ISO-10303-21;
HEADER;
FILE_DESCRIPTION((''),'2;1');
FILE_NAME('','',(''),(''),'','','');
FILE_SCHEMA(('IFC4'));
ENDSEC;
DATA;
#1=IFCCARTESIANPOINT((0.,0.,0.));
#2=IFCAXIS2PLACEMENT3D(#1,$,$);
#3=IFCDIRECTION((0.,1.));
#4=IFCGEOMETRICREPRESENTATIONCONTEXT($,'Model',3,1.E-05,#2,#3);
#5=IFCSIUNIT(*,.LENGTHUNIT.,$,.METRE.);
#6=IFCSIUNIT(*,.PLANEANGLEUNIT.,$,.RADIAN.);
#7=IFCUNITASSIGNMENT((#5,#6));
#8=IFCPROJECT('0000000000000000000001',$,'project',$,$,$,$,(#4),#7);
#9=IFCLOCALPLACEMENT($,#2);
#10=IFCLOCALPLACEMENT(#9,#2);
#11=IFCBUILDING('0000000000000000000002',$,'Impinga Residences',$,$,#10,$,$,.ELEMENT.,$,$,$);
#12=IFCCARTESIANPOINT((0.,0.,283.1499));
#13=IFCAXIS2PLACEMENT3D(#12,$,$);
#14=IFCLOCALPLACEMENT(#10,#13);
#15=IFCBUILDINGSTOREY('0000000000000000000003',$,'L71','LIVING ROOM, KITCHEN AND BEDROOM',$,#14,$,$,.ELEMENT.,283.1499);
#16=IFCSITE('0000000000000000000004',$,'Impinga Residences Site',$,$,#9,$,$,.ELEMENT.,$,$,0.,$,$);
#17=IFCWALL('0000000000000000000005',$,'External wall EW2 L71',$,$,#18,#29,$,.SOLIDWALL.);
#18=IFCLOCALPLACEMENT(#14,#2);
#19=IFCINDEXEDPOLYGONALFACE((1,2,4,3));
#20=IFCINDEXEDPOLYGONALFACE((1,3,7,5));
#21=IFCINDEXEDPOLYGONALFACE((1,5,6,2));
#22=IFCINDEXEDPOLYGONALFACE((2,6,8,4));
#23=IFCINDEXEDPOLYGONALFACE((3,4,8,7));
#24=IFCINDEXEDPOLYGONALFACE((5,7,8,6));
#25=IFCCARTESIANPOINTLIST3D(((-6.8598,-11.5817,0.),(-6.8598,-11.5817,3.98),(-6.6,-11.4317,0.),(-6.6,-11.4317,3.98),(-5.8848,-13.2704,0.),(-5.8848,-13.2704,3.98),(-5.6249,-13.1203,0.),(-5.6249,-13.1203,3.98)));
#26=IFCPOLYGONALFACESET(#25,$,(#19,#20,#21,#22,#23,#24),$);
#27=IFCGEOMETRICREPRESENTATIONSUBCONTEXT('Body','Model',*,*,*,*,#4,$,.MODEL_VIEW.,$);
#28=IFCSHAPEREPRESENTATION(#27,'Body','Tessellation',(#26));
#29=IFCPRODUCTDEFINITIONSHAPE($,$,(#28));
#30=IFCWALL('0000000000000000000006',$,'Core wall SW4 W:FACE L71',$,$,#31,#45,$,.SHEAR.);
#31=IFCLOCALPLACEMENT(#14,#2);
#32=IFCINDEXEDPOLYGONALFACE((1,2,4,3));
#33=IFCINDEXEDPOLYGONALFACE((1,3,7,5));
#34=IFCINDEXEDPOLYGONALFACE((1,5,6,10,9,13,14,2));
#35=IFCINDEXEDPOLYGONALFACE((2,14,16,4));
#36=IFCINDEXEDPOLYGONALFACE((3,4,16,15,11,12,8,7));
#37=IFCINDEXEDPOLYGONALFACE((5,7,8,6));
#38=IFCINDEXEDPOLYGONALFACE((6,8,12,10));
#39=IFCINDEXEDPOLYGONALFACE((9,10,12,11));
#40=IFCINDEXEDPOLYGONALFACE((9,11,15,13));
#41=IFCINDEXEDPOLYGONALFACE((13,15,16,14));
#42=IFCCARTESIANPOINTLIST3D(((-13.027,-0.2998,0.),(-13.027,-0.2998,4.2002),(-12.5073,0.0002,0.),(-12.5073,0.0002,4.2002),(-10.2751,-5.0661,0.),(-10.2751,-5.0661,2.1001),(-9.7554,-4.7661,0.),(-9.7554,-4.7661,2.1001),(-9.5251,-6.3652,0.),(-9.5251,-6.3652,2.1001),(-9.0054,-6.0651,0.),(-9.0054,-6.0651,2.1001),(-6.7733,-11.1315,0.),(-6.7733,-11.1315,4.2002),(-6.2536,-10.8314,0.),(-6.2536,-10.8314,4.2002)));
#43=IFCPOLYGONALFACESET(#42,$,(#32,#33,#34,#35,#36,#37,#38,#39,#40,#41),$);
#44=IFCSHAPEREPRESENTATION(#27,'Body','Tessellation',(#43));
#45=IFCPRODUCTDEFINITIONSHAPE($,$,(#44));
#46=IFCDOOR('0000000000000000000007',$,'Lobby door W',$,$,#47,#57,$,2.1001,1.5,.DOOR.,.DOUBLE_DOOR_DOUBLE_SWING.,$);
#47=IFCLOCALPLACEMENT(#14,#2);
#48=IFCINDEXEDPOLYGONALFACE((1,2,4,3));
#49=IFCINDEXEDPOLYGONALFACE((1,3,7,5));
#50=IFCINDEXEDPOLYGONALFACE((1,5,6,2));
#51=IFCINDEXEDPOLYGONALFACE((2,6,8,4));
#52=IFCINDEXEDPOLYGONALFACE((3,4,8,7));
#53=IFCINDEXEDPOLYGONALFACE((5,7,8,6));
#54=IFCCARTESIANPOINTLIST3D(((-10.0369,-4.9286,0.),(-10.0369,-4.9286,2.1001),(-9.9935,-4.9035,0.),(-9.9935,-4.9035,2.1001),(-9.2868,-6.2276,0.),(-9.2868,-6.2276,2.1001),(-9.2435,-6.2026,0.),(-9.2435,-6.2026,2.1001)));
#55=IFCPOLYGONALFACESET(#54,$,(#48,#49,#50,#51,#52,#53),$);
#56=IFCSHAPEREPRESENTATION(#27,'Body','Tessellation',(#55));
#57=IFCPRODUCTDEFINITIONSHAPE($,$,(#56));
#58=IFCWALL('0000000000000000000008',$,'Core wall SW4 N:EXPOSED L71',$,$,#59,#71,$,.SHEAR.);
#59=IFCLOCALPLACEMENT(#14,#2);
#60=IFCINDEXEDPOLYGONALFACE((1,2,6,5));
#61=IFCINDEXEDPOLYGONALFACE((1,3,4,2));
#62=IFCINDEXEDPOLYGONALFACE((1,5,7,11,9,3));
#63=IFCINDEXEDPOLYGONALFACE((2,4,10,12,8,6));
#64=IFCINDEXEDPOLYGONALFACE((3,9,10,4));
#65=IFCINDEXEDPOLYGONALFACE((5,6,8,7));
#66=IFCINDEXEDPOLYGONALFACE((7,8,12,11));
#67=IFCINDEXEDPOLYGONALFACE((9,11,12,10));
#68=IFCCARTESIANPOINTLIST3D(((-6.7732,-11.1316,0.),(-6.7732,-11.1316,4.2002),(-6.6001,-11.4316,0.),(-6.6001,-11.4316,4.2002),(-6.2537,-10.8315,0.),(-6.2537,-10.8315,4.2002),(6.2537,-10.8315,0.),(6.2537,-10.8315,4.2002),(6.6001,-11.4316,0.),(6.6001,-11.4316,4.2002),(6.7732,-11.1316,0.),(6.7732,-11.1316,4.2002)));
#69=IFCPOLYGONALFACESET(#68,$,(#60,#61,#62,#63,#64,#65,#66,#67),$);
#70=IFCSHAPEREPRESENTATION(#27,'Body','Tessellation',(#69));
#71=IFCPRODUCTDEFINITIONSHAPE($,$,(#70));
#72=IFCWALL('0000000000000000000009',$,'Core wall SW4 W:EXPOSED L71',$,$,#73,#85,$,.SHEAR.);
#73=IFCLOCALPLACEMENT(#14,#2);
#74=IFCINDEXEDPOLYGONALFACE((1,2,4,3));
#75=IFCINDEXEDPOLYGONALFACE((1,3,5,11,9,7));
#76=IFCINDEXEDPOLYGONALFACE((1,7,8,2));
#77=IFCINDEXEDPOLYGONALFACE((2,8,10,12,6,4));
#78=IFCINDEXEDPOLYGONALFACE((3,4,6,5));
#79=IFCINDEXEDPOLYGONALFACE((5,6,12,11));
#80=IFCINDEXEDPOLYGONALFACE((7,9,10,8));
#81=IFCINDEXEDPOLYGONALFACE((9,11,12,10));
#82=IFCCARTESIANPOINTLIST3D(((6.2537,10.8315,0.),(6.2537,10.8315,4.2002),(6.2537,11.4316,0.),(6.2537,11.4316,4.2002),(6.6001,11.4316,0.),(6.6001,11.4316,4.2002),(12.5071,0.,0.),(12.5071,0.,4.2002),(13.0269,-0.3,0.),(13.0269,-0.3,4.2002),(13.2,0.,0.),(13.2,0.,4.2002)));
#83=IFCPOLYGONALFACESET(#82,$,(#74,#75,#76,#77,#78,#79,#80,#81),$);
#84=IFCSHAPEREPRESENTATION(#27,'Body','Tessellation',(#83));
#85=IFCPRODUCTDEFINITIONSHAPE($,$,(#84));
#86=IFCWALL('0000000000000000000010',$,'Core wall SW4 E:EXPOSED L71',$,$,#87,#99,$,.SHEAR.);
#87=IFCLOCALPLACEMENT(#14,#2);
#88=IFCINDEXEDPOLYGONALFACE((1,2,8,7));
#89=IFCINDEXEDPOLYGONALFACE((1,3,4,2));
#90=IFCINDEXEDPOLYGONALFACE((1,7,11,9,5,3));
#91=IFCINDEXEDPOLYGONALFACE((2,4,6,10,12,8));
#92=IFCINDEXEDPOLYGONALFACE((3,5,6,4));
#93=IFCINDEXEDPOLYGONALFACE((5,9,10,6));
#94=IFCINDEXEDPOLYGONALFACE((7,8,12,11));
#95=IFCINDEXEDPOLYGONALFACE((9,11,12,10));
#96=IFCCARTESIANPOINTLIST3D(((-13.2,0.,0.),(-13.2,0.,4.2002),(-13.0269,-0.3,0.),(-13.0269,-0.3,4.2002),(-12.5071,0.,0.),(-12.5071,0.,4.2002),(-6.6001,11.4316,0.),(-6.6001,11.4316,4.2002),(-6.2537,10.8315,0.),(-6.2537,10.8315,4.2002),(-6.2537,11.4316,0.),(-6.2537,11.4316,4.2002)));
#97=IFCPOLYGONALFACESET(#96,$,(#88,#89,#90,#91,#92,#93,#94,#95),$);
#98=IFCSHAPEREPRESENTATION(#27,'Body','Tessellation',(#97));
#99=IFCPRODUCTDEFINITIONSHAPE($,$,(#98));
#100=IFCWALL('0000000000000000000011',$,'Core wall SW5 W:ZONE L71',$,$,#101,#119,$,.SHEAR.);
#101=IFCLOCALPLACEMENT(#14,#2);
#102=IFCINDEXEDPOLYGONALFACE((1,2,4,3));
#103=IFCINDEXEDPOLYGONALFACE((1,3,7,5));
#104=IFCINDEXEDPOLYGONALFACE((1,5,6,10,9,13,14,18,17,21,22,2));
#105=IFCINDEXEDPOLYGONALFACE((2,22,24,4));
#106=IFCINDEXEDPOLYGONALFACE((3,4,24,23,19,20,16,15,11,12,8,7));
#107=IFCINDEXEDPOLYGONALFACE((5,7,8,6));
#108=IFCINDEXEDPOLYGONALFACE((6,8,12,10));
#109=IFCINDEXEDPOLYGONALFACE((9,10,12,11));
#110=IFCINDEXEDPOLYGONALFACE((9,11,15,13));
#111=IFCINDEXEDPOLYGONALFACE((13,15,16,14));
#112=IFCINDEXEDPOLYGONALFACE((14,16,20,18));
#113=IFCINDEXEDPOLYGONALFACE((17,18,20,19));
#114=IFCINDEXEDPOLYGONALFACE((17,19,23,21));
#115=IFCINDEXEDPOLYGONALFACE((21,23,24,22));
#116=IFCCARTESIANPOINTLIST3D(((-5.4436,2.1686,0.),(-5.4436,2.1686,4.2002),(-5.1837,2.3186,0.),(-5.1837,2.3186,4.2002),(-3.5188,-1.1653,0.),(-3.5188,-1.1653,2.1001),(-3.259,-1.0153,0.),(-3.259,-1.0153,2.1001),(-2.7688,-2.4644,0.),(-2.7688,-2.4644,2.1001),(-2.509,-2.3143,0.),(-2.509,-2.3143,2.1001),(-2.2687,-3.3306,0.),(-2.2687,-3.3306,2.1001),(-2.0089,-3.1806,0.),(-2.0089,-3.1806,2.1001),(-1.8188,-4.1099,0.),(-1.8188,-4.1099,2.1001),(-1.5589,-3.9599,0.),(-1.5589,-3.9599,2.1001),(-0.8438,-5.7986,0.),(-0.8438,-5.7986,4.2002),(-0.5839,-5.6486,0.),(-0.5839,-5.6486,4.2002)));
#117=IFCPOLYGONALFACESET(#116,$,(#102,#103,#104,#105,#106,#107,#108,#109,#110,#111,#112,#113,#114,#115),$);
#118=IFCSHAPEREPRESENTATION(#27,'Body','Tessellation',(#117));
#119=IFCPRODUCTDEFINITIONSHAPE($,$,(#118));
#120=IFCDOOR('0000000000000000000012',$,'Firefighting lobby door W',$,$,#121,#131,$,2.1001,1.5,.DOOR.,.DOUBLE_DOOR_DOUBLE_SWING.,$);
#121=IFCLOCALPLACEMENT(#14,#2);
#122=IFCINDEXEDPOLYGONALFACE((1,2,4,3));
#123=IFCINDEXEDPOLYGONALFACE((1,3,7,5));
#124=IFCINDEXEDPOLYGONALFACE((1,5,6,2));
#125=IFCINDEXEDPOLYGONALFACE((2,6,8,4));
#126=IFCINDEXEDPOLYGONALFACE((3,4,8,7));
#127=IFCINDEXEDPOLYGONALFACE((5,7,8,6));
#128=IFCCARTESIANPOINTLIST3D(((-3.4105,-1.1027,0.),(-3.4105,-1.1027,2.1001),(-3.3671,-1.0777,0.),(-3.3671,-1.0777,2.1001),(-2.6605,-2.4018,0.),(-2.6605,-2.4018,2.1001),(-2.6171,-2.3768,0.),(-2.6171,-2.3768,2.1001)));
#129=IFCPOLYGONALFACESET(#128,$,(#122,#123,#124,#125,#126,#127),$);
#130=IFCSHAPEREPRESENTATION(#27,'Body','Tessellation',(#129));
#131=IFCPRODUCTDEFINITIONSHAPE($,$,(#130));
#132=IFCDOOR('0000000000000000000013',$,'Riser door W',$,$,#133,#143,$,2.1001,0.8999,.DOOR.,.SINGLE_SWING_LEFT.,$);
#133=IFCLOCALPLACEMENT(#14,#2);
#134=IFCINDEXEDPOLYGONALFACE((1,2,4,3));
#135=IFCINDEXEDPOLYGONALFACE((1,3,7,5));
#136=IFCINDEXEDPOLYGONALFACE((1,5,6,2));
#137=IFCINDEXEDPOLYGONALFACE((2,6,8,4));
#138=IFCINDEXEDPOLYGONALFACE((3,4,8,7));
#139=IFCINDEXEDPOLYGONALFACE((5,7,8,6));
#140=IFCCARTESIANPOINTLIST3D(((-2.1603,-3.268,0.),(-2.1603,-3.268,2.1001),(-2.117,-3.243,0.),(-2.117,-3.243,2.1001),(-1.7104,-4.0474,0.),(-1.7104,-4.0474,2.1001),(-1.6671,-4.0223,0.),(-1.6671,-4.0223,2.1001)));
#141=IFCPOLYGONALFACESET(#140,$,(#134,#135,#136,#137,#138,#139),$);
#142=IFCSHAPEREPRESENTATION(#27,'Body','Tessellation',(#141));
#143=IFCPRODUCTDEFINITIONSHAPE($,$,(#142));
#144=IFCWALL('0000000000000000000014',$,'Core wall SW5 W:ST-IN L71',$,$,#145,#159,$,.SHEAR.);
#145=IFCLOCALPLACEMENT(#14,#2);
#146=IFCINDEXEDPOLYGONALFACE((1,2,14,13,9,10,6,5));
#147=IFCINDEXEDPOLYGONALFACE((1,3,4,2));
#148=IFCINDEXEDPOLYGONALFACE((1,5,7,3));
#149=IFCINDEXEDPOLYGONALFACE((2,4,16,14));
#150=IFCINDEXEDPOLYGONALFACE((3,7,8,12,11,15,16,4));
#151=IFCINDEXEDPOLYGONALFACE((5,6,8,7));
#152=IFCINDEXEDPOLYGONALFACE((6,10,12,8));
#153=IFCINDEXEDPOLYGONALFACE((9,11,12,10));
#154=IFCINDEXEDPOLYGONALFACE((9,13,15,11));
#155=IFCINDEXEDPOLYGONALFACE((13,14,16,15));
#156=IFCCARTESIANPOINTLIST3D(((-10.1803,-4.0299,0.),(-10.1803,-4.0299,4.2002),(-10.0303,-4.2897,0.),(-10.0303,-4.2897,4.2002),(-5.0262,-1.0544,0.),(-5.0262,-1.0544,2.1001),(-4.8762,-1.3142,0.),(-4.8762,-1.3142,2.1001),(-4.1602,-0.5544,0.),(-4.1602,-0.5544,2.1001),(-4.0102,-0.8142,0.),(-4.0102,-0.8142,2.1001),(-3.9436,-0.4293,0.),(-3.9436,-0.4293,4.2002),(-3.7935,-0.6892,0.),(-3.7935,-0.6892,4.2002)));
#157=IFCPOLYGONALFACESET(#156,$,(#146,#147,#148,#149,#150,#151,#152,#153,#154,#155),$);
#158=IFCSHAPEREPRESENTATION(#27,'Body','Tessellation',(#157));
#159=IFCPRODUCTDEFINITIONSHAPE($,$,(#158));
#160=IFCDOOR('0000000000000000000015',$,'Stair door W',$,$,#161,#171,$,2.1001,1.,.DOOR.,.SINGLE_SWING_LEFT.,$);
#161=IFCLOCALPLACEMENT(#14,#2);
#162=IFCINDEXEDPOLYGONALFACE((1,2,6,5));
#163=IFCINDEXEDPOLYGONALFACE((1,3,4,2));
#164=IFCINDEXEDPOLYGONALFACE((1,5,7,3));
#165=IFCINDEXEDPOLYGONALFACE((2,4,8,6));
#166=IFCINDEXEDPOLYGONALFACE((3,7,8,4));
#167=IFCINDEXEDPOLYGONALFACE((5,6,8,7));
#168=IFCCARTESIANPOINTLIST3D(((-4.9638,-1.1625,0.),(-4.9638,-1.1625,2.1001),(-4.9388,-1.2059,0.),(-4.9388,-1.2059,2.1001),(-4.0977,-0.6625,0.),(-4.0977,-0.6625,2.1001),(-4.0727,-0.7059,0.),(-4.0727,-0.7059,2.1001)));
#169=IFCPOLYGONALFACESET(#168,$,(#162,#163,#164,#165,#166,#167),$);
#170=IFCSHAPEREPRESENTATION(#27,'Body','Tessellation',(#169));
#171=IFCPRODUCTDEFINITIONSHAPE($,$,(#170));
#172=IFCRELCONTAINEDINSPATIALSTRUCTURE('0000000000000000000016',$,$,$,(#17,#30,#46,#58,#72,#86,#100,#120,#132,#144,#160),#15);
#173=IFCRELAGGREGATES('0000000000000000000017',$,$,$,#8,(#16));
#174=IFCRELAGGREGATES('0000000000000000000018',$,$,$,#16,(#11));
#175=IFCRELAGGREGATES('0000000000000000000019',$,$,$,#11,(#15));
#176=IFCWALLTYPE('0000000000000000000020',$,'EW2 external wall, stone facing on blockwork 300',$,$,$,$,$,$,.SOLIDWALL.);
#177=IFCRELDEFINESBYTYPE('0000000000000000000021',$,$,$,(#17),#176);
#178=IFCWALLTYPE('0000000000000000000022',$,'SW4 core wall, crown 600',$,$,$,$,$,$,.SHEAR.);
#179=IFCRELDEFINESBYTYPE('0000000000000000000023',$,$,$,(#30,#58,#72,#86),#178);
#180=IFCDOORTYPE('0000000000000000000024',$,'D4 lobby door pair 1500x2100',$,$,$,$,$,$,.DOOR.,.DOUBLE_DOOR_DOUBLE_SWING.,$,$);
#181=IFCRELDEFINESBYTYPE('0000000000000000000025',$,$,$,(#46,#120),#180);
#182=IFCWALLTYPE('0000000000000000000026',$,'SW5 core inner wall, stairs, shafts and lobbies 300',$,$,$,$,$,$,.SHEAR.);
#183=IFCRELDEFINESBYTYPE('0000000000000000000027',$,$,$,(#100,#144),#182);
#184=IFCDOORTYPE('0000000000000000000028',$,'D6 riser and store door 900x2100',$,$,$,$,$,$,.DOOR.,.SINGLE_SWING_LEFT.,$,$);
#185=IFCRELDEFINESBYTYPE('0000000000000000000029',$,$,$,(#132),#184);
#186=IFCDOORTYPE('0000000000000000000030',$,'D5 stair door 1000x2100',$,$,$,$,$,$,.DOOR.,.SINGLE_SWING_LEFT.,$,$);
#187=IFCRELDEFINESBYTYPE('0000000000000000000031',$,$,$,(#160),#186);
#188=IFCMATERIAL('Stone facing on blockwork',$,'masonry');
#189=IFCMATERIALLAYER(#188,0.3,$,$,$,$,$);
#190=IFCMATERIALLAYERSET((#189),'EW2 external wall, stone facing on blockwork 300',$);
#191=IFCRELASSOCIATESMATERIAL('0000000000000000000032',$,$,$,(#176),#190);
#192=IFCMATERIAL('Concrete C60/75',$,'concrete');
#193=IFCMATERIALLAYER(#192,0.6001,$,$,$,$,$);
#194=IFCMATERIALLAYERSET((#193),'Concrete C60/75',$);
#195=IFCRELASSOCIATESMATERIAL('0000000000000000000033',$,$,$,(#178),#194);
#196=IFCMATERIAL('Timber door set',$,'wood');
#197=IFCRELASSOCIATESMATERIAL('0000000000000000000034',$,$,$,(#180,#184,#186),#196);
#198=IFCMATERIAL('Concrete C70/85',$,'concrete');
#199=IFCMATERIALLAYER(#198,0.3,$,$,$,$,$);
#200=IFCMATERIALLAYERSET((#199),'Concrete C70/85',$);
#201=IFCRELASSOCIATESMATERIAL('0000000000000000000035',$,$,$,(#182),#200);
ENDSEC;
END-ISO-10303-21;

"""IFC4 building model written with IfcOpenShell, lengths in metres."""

from ifc_helpers import new_model, si_unit, direction, frame, frame_2d, origin, place, context, subcontext, project, spatial, polyline, rectangle, outline, extrude, material, layer, layer_set, type_object, element, fill, save


model = new_model("IFC4")

# Units and contexts
model_context = context("Model", 3, precision=1e-05, world=origin(), true_north=direction((0.0, 1.0)))
body_context = subcontext(model_context, "Body", "Model", "MODEL_VIEW")
ifc_project = project(units=[si_unit("LENGTHUNIT", "METRE"), si_unit("PLANEANGLEUNIT", "RADIAN")], contexts=[model_context])

# Site, building, storey
site_placement = place(None, origin())
site = spatial("IfcSite", under=ifc_project, at=site_placement, Name="Impinga Residences Site", CompositionType="ELEMENT", RefElevation=0.0)
building_placement = place(site_placement, origin())
building = spatial("IfcBuilding", under=site, at=building_placement, Name="Impinga Residences", CompositionType="ELEMENT")
storey_placement = place(building_placement, frame((0.0, 0.0, 283.1499)))
storey = spatial("IfcBuildingStorey", under=building, at=storey_placement, Name="L71", Description="LIVING ROOM, KITCHEN AND BEDROOM", CompositionType="ELEMENT", Elevation=283.1499)

# Wall
ifc_material_1 = material(Name="Stone facing on blockwork", Category="masonry")
ifc_layer_1 = layer(ifc_material_1, 0.3)
ifc_layer_set_1 = layer_set([ifc_layer_1], Name="EW2 external wall, stone facing on blockwork 300")
wall_type_1 = type_object("IfcWallType", Name="EW2 external wall, stone facing on blockwork 300", PredefinedType="SOLIDWALL", material=ifc_layer_set_1)
wall_1_placement = place(storey_placement, frame((-6.73, -11.5066, 0.0), z_axis=(0.0, 0.0, 1.0), x_axis=(0.500044, -0.866, 0.0)))
element("IfcWall", 1, at=wall_1_placement, inside=storey, type_object=wall_type_1, Name="External wall EW2 L71", PredefinedType="SOLIDWALL", context=body_context, shape_type="SweptSolid", body=[
    extrude(rectangle(XDim=1.95, YDim=0.3, at=frame_2d((0.9751, 0.0))), origin(), (0.0, 0.0, 1.0), 3.98),
])

# Wall, opening, door
ifc_material_2 = material(Name="Concrete C60/75", Category="concrete")
ifc_layer_2 = layer(ifc_material_2, 0.6001)
ifc_layer_set_2 = layer_set([ifc_layer_2], Name="Concrete C60/75")
wall_type_2 = type_object("IfcWallType", Name="SW4 core wall, crown 600", PredefinedType="SHEAR", material=ifc_layer_set_2)
wall_2_placement = place(storey_placement, frame((-6.5134, -10.9814, 0.0), z_axis=(0.0, 0.0, 1.0), x_axis=(-0.500004, 0.866023, 0.0)))
wall_2 = element("IfcWall", 2, at=wall_2_placement, inside=storey, type_object=wall_type_2, Name="Core wall SW4 W:FACE L71", PredefinedType="SHEAR", context=body_context, shape_type="SweptSolid", body=[
    extrude(rectangle(XDim=12.5073, YDim=0.6001, at=frame_2d((6.2537, 0.0))), origin(), (0.0, 0.0, 1.0), 4.2002),
])
opening_1_placement = place(wall_2_placement, frame((5.5037, 0.0, 0.0)))
opening_1 = element("IfcOpeningElement", 3, at=opening_1_placement, cuts=wall_2, PredefinedType="OPENING", context=body_context, shape_type="SweptSolid", body=[
    extrude(rectangle(XDim=1.5, YDim=2.1001, at=frame_2d((0.75, 1.05))), frame((0.0, 0.3101, 0.0), z_axis=(0.0, -1.0, 0.0), x_axis=(1.0, 0.0, 0.0)), (0.0, 0.0, 1.0), 0.6201),
])
ifc_material_3 = material(Name="Timber door set", Category="wood")
door_type_1 = type_object("IfcDoorType", Name="D4 lobby door pair 1500x2100", OperationType="DOUBLE_DOOR_DOUBLE_SWING", PredefinedType="DOOR", material=ifc_material_3)
door_1_placement = place(opening_1_placement, origin())
door_1 = element("IfcDoor", 4, at=door_1_placement, inside=storey, type_object=door_type_1, Name="Lobby door W", OperationType="DOUBLE_DOOR_DOUBLE_SWING", OverallHeight=2.1001, OverallWidth=1.5, PredefinedType="DOOR", context=body_context, shape_type="SweptSolid", body=[
    extrude(rectangle(XDim=1.5, YDim=2.1001, at=frame_2d((0.75, 1.05))), frame((0.0, 0.0249, 0.0), z_axis=(0.0, -1.0, 0.0), x_axis=(1.0, 0.0, 0.0)), (0.0, 0.0, 1.0), 0.05),
])
fill(opening_1, door_1)

# Walls
wall_3_placement = place(storey_placement, origin())
element("IfcWall", 5, at=wall_3_placement, inside=storey, type_object=wall_type_2, Name="Core wall SW4 N:EXPOSED L71", PredefinedType="SHEAR", context=body_context, shape_type="SweptSolid", body=[
    extrude(outline(polyline([(-6.6001, -11.4316), (6.6001, -11.4316), (6.7732, -11.1316), (6.2537, -10.8315), (-6.2537, -10.8315), (-6.7732, -11.1316), (-6.6001, -11.4316)])), origin(), (0.0, 0.0, 1.0), 4.2002),
])
wall_4_placement = place(storey_placement, origin())
element("IfcWall", 6, at=wall_4_placement, inside=storey, type_object=wall_type_2, Name="Core wall SW4 W:EXPOSED L71", PredefinedType="SHEAR", context=body_context, shape_type="SweptSolid", body=[
    extrude(outline(polyline([(13.2, 0.0), (6.6001, 11.4316), (6.2537, 11.4316), (6.2537, 10.8315), (12.5071, 0.0), (13.0269, -0.3), (13.2, 0.0)])), origin(), (0.0, 0.0, 1.0), 4.2002),
])
wall_5_placement = place(storey_placement, origin())
element("IfcWall", 7, at=wall_5_placement, inside=storey, type_object=wall_type_2, Name="Core wall SW4 E:EXPOSED L71", PredefinedType="SHEAR", context=body_context, shape_type="SweptSolid", body=[
    extrude(outline(polyline([(-6.6001, 11.4316), (-13.2, 0.0), (-13.0269, -0.3), (-12.5071, 0.0), (-6.2537, 10.8315), (-6.2537, 11.4316), (-6.6001, 11.4316)])), origin(), (0.0, 0.0, 1.0), 4.2002),
])

# Wall, openings, doors
ifc_material_4 = material(Name="Concrete C70/85", Category="concrete")
ifc_layer_3 = layer(ifc_material_4, 0.3)
ifc_layer_set_3 = layer_set([ifc_layer_3], Name="Concrete C70/85")
wall_type_3 = type_object("IfcWallType", Name="SW5 core inner wall, stairs, shafts and lobbies 300", PredefinedType="SHEAR", material=ifc_layer_set_3)
wall_6_placement = place(storey_placement, frame((-0.7139, -5.7236, 0.0), z_axis=(0.0, 0.0, 1.0), x_axis=(-0.499995, 0.866028, 0.0)))
wall_6 = element("IfcWall", 8, at=wall_6_placement, inside=storey, type_object=wall_type_3, Name="Core wall SW5 W:ZONE L71", PredefinedType="SHEAR", context=body_context, shape_type="SweptSolid", body=[
    extrude(rectangle(XDim=9.1997, YDim=0.3, at=frame_2d((4.5999, 0.0))), origin(), (0.0, 0.0, 1.0), 4.2002),
])
opening_2_placement = place(wall_6_placement, frame((3.8501, 0.0, 0.0)))
opening_2 = element("IfcOpeningElement", 9, at=opening_2_placement, cuts=wall_6, PredefinedType="OPENING", context=body_context, shape_type="SweptSolid", body=[
    extrude(rectangle(XDim=1.5, YDim=2.1001, at=frame_2d((0.75, 1.05))), frame((0.0, 0.1599, 0.0), z_axis=(0.0, -1.0, 0.0), x_axis=(1.0, 0.0, 0.0)), (0.0, 0.0, 1.0), 0.3201),
])
opening_3_placement = place(wall_6_placement, frame((1.95, 0.0, 0.0)))
opening_3 = element("IfcOpeningElement", 10, at=opening_3_placement, cuts=wall_6, PredefinedType="OPENING", context=body_context, shape_type="SweptSolid", body=[
    extrude(rectangle(XDim=0.8999, YDim=2.1001, at=frame_2d((0.45, 1.05))), frame((0.0, 0.1599, 0.0), z_axis=(0.0, -1.0, 0.0), x_axis=(1.0, 0.0, 0.0)), (0.0, 0.0, 1.0), 0.3201),
])
door_2_placement = place(opening_2_placement, origin())
door_2 = element("IfcDoor", 11, at=door_2_placement, inside=storey, type_object=door_type_1, Name="Firefighting lobby door W", OperationType="DOUBLE_DOOR_DOUBLE_SWING", OverallHeight=2.1001, OverallWidth=1.5, PredefinedType="DOOR", context=body_context, shape_type="SweptSolid", body=[
    extrude(rectangle(XDim=1.5, YDim=2.1001, at=frame_2d((0.75, 1.05))), frame((0.0, 0.0249, 0.0), z_axis=(0.0, -1.0, 0.0), x_axis=(1.0, 0.0, 0.0)), (0.0, 0.0, 1.0), 0.05),
])
fill(opening_2, door_2)
door_type_2 = type_object("IfcDoorType", Name="D6 riser and store door 900x2100", OperationType="SINGLE_SWING_LEFT", PredefinedType="DOOR", material=ifc_material_3)
door_3_placement = place(opening_3_placement, origin())
door_3 = element("IfcDoor", 12, at=door_3_placement, inside=storey, type_object=door_type_2, Name="Riser door W", OperationType="SINGLE_SWING_LEFT", OverallHeight=2.1001, OverallWidth=0.8999, PredefinedType="DOOR", context=body_context, shape_type="SweptSolid", body=[
    extrude(rectangle(XDim=0.8999, YDim=2.1001, at=frame_2d((0.45, 1.05))), frame((0.0, 0.0249, 0.0), z_axis=(0.0, -1.0, 0.0), x_axis=(1.0, 0.0, 0.0)), (0.0, 0.0, 1.0), 0.05),
])
fill(opening_3, door_3)

# Wall, opening, door
wall_7_placement = place(storey_placement, frame((-3.8687, -0.5593, 0.0), z_axis=(0.0, 0.0, 1.0), x_axis=(-0.86604, -0.499975, 0.0)))
wall_7 = element("IfcWall", 13, at=wall_7_placement, inside=storey, type_object=wall_type_3, Name="Core wall SW5 W:ST-IN L71", PredefinedType="SHEAR", context=body_context, shape_type="SweptSolid", body=[
    extrude(rectangle(XDim=7.2014, YDim=0.3, at=frame_2d((3.6006, 0.0))), origin(), (0.0, 0.0, 1.0), 4.2002),
])
opening_4_placement = place(wall_7_placement, frame((0.25, 0.0, 0.0)))
opening_4 = element("IfcOpeningElement", 14, at=opening_4_placement, cuts=wall_7, PredefinedType="OPENING", context=body_context, shape_type="SweptSolid", body=[
    extrude(rectangle(XDim=1.0, YDim=2.1001, at=frame_2d((0.5, 1.05))), frame((0.0, 0.1599, 0.0), z_axis=(0.0, -1.0, 0.0), x_axis=(1.0, 0.0, 0.0)), (0.0, 0.0, 1.0), 0.3201),
])
door_type_3 = type_object("IfcDoorType", Name="D5 stair door 1000x2100", OperationType="SINGLE_SWING_LEFT", PredefinedType="DOOR", material=ifc_material_3)
door_4_placement = place(opening_4_placement, origin())
door_4 = element("IfcDoor", 15, at=door_4_placement, inside=storey, type_object=door_type_3, Name="Stair door W", OperationType="SINGLE_SWING_LEFT", OverallHeight=2.1001, OverallWidth=1.0, PredefinedType="DOOR", context=body_context, shape_type="SweptSolid", body=[
    extrude(rectangle(XDim=1.0, YDim=2.1001, at=frame_2d((0.5, 1.05))), frame((0.0, 0.0249, 0.0), z_axis=(0.0, -1.0, 0.0), x_axis=(1.0, 0.0, 0.0)), (0.0, 0.0, 1.0), 0.05),
])
fill(opening_4, door_4)

save(model, "model.ifc")
